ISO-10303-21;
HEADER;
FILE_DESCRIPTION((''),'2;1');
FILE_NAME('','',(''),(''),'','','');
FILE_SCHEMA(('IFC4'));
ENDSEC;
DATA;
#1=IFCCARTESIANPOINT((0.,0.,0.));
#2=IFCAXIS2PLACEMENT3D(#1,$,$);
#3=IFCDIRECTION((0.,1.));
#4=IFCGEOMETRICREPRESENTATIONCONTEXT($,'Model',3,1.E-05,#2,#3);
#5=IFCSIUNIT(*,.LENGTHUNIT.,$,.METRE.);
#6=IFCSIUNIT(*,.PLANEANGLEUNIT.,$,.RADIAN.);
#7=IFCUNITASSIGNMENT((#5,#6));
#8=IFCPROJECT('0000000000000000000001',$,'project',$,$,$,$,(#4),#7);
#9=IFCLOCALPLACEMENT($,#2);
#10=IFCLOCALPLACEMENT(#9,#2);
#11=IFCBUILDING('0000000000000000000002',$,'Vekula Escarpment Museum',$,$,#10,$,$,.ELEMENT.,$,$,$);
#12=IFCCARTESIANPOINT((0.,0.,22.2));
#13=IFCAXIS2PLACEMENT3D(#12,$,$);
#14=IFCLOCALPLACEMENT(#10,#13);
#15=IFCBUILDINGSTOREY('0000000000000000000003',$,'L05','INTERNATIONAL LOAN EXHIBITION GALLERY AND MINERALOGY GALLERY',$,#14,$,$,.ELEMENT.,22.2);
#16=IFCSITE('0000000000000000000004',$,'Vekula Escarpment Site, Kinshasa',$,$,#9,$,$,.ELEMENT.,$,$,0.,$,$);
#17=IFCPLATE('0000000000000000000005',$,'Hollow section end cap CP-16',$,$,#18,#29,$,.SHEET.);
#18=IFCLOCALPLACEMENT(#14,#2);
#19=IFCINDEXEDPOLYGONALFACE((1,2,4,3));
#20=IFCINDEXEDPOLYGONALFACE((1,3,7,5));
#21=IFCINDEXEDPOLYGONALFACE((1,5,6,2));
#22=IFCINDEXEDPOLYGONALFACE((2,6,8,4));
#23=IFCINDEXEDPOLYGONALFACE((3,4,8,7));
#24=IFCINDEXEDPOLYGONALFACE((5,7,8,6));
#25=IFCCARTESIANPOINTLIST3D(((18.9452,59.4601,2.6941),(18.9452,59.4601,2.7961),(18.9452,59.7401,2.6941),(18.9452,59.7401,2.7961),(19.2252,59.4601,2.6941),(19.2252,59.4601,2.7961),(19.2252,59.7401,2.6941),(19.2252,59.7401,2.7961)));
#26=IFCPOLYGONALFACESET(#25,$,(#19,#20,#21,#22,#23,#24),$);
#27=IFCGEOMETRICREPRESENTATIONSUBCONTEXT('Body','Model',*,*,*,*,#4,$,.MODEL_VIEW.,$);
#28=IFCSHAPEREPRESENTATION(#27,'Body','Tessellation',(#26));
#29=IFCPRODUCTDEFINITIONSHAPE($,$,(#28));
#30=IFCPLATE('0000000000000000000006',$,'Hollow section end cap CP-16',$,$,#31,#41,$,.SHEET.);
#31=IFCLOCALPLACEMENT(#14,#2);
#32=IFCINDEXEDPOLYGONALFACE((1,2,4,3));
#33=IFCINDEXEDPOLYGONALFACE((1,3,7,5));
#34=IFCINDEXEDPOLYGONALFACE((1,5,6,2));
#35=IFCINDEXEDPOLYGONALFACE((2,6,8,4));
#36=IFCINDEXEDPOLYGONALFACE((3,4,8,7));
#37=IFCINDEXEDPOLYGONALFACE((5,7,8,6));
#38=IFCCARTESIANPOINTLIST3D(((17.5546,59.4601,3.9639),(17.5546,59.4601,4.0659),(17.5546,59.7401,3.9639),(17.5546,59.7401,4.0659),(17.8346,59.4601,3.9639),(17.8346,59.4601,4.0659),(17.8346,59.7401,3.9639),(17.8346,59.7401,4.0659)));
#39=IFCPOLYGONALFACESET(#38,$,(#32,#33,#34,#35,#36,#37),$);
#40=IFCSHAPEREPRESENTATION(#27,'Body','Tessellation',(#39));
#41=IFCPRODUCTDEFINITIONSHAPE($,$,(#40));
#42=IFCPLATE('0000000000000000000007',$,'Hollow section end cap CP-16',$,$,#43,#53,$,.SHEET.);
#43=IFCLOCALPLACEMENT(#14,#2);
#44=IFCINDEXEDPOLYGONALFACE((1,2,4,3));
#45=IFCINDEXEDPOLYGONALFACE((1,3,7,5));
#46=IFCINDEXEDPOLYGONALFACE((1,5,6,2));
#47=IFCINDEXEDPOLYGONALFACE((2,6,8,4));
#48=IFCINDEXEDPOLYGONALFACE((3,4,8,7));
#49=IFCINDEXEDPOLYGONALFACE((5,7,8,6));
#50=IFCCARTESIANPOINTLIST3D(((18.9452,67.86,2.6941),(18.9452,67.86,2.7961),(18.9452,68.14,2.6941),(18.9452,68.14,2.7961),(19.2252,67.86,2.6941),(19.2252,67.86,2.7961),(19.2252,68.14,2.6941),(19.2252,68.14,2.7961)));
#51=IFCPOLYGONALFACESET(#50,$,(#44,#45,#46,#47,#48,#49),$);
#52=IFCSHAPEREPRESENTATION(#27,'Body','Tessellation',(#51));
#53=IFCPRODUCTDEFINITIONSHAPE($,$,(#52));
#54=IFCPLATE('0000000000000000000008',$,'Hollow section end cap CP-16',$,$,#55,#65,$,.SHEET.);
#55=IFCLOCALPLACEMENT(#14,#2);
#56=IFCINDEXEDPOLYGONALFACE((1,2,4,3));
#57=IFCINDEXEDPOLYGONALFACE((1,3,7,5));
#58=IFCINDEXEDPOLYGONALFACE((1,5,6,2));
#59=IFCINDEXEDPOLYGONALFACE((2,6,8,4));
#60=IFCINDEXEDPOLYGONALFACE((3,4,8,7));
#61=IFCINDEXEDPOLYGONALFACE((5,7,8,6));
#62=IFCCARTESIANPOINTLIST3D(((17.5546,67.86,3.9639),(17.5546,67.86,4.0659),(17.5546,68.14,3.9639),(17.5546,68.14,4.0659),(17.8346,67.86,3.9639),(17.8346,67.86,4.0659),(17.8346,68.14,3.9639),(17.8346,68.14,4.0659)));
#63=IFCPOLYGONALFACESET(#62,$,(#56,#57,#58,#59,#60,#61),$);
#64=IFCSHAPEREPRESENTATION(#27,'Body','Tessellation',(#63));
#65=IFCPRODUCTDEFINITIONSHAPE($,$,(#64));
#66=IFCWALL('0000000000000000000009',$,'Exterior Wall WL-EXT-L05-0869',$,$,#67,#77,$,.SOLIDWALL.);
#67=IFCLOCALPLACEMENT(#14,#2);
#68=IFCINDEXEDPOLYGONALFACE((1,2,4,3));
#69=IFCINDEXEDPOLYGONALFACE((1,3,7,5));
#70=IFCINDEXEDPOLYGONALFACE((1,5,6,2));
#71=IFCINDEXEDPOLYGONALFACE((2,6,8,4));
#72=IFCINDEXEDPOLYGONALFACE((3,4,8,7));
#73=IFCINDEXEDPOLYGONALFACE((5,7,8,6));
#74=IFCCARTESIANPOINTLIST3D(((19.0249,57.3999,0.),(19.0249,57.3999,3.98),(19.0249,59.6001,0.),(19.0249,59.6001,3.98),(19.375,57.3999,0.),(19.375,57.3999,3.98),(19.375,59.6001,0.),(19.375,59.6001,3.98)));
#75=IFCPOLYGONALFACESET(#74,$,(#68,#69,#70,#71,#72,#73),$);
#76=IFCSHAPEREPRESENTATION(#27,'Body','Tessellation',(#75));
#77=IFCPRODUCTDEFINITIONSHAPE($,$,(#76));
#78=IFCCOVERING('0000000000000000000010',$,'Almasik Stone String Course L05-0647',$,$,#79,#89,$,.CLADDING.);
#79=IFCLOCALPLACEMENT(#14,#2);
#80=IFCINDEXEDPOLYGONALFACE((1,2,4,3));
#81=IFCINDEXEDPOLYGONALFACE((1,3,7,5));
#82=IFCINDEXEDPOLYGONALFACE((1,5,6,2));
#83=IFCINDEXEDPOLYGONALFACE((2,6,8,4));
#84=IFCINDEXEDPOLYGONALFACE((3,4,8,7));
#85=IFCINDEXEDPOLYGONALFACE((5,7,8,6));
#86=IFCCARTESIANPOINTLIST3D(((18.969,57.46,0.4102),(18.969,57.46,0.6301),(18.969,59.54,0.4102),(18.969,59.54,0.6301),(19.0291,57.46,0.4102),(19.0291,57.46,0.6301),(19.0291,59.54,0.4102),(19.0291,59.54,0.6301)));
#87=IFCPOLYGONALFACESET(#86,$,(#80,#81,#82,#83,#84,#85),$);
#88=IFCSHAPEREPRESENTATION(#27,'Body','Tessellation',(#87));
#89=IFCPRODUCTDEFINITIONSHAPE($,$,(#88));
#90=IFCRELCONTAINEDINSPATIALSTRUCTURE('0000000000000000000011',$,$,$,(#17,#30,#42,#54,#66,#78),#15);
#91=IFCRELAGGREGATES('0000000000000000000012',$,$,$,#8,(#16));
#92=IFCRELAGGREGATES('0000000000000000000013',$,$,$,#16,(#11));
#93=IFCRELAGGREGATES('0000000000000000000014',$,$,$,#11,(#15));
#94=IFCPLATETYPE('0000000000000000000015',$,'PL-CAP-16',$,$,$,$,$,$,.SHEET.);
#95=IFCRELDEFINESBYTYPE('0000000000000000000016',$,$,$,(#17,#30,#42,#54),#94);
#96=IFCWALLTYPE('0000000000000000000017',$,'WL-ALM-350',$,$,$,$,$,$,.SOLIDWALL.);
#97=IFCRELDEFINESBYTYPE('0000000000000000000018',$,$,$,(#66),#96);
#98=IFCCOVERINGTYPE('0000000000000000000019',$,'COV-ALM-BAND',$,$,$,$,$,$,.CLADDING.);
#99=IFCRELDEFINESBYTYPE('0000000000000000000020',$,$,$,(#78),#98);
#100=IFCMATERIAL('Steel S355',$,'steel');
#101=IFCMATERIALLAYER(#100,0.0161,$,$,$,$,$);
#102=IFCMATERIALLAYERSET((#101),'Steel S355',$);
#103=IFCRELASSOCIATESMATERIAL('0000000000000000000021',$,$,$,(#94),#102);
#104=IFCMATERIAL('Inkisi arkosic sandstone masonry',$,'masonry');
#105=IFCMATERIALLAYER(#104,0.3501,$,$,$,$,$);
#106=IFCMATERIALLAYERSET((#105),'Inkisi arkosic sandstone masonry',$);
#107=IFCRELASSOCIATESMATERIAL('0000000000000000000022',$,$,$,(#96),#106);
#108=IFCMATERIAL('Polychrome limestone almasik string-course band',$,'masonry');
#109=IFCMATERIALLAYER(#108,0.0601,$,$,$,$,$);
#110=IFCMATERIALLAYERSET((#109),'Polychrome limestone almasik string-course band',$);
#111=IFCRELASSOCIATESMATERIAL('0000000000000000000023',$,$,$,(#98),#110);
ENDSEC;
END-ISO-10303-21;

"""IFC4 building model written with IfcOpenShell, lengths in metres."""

from ifc_helpers import new_model, si_unit, direction, frame, frame_2d, origin, origin_2d, place, context, subcontext, project, spatial, rectangle, extrude, material, layer, layer_set, type_object, element, save


model = new_model("IFC4")

# Units and contexts
model_context = context("Model", 3, precision=1e-05, world=origin(), true_north=direction((0.0, 1.0)))
body_context = subcontext(model_context, "Body", "Model", "MODEL_VIEW")
ifc_project = project(units=[si_unit("LENGTHUNIT", "METRE"), si_unit("PLANEANGLEUNIT", "RADIAN")], contexts=[model_context])

# Site, building, storey
site_placement = place(None, origin())
site = spatial("IfcSite", under=ifc_project, at=site_placement, Name="Vekula Escarpment Site, Kinshasa", CompositionType="ELEMENT", RefElevation=0.0)
building_placement = place(site_placement, origin())
building = spatial("IfcBuilding", under=site, at=building_placement, Name="Vekula Escarpment Museum", CompositionType="ELEMENT")
storey_placement = place(building_placement, frame((0.0, 0.0, 22.2)))
storey = spatial("IfcBuildingStorey", under=building, at=storey_placement, Name="L05", Description="INTERNATIONAL LOAN EXHIBITION GALLERY AND MINERALOGY GALLERY", CompositionType="ELEMENT", Elevation=22.2)

# Plates
ifc_material_1 = material(Name="Steel S355", Category="steel")
ifc_layer_1 = layer(ifc_material_1, 0.0161)
ifc_layer_set_1 = layer_set([ifc_layer_1], Name="Steel S355")
plate_type = type_object("IfcPlateType", Name="PL-CAP-16", PredefinedType="SHEET", material=ifc_layer_set_1)
for number, where, z_axis, x_axis, name in (
    (1, (19.0852, 59.6001, 2.6941), (0.0, 0.0, 1.0), (1.0, 0.0, 0.0), "Hollow section end cap CP-16"),
    (2, (17.6946, 59.6001, 3.9639), (0.0, 0.0, 1.0), (1.0, 0.0, 0.0), "Hollow section end cap CP-16"),
    (3, (19.0852, 68.0, 2.6941), (0.0, 0.0, 1.0), (1.0, 0.0, 0.0), "Hollow section end cap CP-16"),
    (4, (17.6946, 68.0, 3.9639), (0.0, 0.0, 1.0), (1.0, 0.0, 0.0), "Hollow section end cap CP-16"),
):
    element("IfcPlate", number, at=place(storey_placement, frame(where, z_axis=z_axis, x_axis=x_axis)), inside=storey, type_object=plate_type, Name=name, PredefinedType="SHEET", context=body_context, shape_type="SweptSolid", body=[
        extrude(rectangle(XDim=0.28, YDim=0.28, at=origin_2d()), origin(), (0.0, 0.0, 1.0), 0.1021),
    ])

# Wall
ifc_material_2 = material(Name="Inkisi arkosic sandstone masonry", Category="masonry")
ifc_layer_2 = layer(ifc_material_2, 0.3501)
ifc_layer_set_2 = layer_set([ifc_layer_2], Name="Inkisi arkosic sandstone masonry")
wall_type_1 = type_object("IfcWallType", Name="WL-ALM-350", PredefinedType="SOLIDWALL", material=ifc_layer_set_2)
wall_1_placement = place(storey_placement, frame((19.2, 57.3999, 0.0), z_axis=(0.0, 0.0, 1.0), x_axis=(0.0, 1.0, 0.0)))
element("IfcWall", 5, at=wall_1_placement, inside=storey, type_object=wall_type_1, Name="Exterior Wall WL-EXT-L05-0869", PredefinedType="SOLIDWALL", context=body_context, shape_type="SweptSolid", body=[
    extrude(rectangle(XDim=2.2002, YDim=0.3501, at=frame_2d((1.1001, 0.0))), origin(), (0.0, 0.0, 1.0), 3.98),
])

# Covering
ifc_material_3 = material(Name="Polychrome limestone almasik string-course band", Category="masonry")
ifc_layer_3 = layer(ifc_material_3, 0.0601)
ifc_layer_set_3 = layer_set([ifc_layer_3], Name="Polychrome limestone almasik string-course band")
covering_type = type_object("IfcCoveringType", Name="COV-ALM-BAND", PredefinedType="CLADDING", material=ifc_layer_set_3)
covering_placement = place(storey_placement, frame((18.999, 58.5, 0.4102), z_axis=(0.0, 0.0, 1.0), x_axis=(0.0, 1.0, 0.0)))
element("IfcCovering", 6, at=covering_placement, inside=storey, type_object=covering_type, Name="Almasik Stone String Course L05-0647", PredefinedType="CLADDING", context=body_context, shape_type="SweptSolid", body=[
    extrude(rectangle(XDim=2.0801, YDim=0.0601, at=origin_2d()), origin(), (0.0, 0.0, 1.0), 0.22),
])

save(model, "model.ifc")
